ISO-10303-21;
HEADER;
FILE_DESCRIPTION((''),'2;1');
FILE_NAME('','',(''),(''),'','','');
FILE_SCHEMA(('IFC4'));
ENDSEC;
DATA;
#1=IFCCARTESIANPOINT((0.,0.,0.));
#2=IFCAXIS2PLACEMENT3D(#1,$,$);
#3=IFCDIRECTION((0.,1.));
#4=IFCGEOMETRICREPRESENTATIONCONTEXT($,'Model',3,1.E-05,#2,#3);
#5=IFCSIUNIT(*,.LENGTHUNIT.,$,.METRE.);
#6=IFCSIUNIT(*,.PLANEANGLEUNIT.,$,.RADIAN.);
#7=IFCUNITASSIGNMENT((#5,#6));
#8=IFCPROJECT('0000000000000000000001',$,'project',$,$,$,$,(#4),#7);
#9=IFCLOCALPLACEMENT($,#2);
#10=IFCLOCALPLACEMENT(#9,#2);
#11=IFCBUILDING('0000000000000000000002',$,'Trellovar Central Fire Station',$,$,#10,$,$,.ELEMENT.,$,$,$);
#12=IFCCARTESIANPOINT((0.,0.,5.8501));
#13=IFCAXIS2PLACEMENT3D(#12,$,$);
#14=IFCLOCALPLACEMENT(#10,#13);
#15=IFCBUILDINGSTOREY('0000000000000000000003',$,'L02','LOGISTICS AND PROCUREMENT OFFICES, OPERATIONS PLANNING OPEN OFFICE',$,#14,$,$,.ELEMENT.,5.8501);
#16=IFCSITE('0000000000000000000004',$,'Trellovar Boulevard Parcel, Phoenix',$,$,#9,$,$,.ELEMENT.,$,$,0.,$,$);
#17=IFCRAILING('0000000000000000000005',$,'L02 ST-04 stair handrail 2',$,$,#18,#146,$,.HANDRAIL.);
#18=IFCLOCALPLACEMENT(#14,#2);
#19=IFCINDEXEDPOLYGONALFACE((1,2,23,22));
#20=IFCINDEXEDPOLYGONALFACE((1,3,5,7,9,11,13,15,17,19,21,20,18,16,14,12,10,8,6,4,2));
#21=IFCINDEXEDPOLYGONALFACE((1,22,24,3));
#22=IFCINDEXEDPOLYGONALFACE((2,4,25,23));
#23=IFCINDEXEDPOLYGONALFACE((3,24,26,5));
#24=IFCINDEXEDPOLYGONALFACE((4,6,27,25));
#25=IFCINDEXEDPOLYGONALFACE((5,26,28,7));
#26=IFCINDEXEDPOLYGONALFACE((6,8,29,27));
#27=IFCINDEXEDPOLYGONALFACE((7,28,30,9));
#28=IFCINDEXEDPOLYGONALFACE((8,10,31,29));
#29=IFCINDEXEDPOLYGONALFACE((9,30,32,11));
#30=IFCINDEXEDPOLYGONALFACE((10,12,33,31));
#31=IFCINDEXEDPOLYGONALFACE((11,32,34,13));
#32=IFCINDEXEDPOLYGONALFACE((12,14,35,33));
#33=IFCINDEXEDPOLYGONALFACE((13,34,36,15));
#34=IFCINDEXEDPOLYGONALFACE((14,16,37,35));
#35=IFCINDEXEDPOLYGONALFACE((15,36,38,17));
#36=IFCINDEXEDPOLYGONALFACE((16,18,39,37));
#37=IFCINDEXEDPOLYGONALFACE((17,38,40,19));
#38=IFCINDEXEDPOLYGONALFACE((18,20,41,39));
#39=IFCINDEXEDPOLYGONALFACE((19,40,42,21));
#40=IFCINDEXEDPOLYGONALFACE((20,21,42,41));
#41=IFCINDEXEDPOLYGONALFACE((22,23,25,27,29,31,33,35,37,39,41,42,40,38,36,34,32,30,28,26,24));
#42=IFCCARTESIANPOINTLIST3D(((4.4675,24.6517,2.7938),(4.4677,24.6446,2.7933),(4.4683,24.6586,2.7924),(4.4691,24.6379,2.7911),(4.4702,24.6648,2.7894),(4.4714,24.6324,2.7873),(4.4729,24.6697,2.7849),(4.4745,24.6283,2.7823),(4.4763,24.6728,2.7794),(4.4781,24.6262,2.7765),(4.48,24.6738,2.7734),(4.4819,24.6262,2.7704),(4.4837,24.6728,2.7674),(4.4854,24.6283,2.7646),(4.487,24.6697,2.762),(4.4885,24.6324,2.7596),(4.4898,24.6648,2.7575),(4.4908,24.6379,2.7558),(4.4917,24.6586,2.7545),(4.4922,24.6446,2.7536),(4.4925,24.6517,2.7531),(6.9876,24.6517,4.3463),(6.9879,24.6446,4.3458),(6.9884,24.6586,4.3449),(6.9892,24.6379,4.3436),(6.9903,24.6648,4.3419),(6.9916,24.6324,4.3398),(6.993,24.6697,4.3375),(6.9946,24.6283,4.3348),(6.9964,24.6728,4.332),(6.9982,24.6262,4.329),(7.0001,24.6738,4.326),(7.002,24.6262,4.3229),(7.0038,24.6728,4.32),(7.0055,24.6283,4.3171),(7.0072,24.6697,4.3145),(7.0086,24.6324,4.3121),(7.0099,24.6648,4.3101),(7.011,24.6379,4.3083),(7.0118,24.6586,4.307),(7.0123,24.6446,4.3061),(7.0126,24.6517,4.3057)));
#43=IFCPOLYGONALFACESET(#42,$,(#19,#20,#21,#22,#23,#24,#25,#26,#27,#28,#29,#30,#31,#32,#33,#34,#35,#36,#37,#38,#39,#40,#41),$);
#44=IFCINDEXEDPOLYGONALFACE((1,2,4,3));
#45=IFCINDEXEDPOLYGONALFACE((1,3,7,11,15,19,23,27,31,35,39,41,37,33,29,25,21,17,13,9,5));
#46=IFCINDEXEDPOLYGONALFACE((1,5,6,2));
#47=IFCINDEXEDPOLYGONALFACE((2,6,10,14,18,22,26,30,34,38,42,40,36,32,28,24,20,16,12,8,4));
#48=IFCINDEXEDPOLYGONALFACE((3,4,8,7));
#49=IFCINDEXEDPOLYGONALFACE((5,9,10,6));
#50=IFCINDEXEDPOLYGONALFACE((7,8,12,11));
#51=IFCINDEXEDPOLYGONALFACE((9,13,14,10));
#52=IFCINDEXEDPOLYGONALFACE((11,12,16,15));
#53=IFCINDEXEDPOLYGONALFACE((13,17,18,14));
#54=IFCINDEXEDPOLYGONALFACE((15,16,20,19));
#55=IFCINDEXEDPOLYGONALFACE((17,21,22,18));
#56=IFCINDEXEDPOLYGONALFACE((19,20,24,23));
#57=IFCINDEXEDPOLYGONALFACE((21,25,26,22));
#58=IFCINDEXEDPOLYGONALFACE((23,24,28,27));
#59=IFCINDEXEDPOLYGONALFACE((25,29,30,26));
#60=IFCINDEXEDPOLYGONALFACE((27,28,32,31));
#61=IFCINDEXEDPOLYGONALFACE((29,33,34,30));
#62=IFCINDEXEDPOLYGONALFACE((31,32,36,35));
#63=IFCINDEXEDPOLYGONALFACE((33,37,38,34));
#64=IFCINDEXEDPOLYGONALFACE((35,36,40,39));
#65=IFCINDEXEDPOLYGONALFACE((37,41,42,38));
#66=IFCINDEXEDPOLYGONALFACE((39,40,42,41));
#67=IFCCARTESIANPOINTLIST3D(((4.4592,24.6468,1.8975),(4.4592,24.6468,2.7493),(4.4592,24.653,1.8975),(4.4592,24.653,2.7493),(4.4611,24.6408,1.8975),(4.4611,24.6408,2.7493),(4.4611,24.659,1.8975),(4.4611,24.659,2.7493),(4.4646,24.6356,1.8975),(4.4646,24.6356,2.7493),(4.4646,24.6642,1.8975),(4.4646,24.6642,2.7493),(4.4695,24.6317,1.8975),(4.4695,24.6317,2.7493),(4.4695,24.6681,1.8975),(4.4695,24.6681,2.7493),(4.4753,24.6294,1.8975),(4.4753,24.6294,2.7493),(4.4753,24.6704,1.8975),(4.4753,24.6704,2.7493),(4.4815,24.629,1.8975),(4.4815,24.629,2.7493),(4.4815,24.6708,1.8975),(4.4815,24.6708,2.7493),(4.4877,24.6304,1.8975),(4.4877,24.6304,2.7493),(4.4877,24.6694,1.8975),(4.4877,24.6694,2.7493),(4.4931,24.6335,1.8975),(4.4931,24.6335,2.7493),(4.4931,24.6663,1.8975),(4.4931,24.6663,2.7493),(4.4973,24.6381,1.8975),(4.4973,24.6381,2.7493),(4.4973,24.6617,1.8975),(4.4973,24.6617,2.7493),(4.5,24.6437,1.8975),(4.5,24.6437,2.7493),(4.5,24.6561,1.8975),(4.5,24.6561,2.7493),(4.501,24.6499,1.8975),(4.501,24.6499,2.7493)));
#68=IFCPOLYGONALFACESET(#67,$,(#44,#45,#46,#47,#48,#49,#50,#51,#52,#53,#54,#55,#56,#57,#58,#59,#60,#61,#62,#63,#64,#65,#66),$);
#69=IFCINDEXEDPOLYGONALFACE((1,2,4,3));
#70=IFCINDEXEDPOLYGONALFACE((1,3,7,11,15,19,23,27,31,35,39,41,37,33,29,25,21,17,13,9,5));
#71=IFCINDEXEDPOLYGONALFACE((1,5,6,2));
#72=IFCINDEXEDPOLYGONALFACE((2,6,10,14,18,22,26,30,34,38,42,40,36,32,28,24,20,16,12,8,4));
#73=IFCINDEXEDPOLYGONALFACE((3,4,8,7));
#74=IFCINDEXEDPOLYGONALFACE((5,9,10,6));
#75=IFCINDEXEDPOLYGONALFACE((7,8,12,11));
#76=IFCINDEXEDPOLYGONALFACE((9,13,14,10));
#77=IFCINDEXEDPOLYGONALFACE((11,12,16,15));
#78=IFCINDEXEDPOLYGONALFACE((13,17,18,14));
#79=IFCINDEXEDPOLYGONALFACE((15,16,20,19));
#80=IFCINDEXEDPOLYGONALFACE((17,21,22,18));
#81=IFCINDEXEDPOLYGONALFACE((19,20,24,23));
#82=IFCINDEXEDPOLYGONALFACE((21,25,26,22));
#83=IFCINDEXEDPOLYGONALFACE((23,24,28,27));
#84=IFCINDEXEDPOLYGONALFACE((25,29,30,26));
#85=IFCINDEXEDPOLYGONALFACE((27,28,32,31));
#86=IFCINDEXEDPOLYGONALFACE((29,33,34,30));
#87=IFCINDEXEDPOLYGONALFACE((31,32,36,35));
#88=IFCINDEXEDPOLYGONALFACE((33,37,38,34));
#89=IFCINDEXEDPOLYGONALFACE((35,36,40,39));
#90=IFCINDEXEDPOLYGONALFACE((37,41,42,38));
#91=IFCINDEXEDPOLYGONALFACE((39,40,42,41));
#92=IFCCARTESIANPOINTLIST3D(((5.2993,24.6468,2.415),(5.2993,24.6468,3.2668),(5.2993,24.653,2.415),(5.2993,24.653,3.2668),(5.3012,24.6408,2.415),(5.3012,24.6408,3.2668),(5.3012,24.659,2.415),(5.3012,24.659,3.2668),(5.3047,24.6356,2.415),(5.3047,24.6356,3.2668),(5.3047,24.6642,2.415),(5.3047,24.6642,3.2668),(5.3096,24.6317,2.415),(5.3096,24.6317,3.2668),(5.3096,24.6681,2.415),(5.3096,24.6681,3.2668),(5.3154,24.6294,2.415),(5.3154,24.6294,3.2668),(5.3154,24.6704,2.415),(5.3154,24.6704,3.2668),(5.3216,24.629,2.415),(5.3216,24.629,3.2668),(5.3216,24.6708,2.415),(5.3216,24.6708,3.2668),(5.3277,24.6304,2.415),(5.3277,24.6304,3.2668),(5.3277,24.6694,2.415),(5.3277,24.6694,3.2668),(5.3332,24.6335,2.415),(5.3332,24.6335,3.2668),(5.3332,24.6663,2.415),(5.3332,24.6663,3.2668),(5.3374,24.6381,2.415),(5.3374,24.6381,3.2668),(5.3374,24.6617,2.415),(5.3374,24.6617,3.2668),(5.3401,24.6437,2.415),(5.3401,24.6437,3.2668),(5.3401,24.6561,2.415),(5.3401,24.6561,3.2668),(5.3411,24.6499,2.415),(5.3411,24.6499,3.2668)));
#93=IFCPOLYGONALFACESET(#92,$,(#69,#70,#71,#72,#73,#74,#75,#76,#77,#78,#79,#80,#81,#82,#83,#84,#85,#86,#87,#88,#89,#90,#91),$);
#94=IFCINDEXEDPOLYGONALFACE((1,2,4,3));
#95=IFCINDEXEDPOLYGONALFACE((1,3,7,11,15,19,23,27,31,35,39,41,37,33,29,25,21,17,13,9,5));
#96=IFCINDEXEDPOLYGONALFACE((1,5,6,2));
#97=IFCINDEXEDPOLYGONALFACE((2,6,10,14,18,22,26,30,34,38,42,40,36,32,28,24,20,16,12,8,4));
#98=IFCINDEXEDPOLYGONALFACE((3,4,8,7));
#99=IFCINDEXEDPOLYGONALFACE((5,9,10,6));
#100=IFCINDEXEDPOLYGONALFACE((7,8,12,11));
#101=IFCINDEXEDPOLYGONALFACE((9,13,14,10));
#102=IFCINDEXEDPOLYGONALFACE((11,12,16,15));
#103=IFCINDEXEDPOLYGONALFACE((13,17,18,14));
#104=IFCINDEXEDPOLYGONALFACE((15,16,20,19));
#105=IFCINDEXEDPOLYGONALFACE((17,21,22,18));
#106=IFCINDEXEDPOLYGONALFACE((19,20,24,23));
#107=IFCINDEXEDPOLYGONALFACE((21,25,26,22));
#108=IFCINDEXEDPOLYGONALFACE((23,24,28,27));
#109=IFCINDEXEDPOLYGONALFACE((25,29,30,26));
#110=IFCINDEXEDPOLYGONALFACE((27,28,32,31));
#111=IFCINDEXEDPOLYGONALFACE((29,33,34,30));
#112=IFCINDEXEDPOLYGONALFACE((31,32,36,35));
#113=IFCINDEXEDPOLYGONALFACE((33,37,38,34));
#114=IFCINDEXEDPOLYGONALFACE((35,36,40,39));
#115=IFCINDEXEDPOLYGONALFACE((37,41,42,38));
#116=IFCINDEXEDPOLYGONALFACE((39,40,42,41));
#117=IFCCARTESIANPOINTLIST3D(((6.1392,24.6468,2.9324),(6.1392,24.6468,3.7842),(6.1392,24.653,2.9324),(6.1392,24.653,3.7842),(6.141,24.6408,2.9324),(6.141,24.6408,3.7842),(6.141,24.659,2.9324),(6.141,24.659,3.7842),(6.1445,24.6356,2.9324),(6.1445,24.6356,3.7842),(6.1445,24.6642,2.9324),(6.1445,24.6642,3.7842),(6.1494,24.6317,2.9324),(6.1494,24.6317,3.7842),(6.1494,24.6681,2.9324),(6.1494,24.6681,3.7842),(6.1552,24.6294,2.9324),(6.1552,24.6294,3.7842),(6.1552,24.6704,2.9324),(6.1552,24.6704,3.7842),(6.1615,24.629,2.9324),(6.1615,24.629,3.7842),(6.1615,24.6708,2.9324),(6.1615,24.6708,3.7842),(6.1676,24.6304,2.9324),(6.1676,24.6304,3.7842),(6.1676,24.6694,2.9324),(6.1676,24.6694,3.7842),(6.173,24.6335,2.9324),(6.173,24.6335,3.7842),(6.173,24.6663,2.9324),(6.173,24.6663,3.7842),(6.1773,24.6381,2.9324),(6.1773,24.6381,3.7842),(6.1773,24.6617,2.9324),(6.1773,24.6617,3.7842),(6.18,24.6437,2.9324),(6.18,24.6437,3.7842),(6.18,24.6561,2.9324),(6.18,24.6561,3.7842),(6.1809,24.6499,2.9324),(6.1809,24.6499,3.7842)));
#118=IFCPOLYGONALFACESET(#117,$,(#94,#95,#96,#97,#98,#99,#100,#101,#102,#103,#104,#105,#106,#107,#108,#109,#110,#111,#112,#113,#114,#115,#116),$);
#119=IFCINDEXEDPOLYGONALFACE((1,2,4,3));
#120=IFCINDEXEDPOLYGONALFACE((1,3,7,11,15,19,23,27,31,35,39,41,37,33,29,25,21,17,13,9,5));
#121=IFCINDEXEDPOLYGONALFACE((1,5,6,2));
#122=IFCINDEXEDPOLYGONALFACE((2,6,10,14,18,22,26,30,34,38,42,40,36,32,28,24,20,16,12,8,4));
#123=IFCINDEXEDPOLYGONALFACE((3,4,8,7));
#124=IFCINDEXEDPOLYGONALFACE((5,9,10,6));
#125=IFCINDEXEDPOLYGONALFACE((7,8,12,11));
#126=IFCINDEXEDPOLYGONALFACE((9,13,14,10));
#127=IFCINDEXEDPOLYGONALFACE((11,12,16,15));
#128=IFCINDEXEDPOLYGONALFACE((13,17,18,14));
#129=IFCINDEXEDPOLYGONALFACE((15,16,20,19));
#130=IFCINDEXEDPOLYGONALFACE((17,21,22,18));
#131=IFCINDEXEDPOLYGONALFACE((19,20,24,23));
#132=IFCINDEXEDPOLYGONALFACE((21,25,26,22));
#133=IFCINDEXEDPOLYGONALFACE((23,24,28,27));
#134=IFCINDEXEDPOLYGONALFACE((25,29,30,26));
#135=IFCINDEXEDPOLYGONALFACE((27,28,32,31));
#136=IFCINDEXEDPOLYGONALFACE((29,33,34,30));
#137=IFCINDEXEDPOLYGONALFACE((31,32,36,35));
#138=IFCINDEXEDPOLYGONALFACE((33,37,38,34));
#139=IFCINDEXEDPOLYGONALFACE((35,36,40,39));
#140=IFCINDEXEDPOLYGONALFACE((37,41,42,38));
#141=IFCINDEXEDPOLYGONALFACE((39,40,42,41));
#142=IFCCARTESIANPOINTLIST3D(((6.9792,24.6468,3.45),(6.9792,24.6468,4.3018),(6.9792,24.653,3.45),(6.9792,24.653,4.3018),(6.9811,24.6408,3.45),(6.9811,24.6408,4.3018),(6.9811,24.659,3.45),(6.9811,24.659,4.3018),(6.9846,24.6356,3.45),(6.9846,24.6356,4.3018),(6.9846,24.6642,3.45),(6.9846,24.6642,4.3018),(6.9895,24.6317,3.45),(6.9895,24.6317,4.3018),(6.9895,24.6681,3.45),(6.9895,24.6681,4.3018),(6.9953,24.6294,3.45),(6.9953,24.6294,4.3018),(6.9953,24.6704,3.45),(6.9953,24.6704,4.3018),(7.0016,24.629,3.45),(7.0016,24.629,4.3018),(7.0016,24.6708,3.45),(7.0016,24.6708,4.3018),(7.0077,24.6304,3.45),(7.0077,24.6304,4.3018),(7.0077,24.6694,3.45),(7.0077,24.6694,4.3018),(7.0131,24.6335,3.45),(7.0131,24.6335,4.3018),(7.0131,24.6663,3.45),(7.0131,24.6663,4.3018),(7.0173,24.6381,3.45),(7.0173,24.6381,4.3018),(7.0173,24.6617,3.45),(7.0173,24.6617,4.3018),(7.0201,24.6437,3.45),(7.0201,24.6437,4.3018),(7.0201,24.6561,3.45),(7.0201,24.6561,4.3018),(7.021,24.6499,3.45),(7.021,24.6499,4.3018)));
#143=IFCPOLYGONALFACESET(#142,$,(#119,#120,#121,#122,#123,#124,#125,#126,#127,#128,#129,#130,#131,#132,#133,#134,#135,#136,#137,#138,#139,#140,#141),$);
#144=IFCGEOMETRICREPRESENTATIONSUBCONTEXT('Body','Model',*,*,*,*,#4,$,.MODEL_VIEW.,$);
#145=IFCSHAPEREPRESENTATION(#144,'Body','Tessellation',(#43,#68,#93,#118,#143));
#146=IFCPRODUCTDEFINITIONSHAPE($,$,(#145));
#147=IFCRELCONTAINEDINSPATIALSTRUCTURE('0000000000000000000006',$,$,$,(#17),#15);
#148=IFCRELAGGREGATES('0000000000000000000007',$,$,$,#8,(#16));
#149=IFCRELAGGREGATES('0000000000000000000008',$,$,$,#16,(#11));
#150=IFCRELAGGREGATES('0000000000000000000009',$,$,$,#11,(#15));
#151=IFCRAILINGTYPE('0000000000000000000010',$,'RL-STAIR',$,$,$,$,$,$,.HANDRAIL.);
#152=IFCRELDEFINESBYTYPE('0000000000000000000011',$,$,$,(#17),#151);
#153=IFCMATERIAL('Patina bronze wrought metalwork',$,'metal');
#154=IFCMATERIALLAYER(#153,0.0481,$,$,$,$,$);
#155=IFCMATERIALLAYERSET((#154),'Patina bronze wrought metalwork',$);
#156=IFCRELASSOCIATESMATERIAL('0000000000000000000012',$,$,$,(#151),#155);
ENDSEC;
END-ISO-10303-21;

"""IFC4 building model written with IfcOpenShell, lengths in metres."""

from ifc_helpers import new_model, si_unit, direction, frame, origin, origin_2d, place, context, subcontext, project, spatial, circle, extrude, material, layer, layer_set, type_object, element, save


model = new_model("IFC4")

# Units and contexts
model_context = context("Model", 3, precision=1e-05, world=origin(), true_north=direction((0.0, 1.0)))
body_context = subcontext(model_context, "Body", "Model", "MODEL_VIEW")
ifc_project = project(units=[si_unit("LENGTHUNIT", "METRE"), si_unit("PLANEANGLEUNIT", "RADIAN")], contexts=[model_context])

# Site, building, storey
site_placement = place(None, origin())
site = spatial("IfcSite", under=ifc_project, at=site_placement, Name="Trellovar Boulevard Parcel, Phoenix", CompositionType="ELEMENT", RefElevation=0.0)
building_placement = place(site_placement, origin())
building = spatial("IfcBuilding", under=site, at=building_placement, Name="Trellovar Central Fire Station", CompositionType="ELEMENT")
storey_placement = place(building_placement, frame((0.0, 0.0, 5.8501)))
storey = spatial("IfcBuildingStorey", under=building, at=storey_placement, Name="L02", Description="LOGISTICS AND PROCUREMENT OFFICES, OPERATIONS PLANNING OPEN OFFICE", CompositionType="ELEMENT", Elevation=5.8501)

# Railing
ifc_material_1 = material(Name="Patina bronze wrought metalwork", Category="metal")
ifc_layer_1 = layer(ifc_material_1, 0.0481)
ifc_layer_set_1 = layer_set([ifc_layer_1], Name="Patina bronze wrought metalwork")
railing_type_1 = type_object("IfcRailingType", Name="RL-STAIR", PredefinedType="HANDRAIL", material=ifc_layer_set_1)
railing_1_placement = place(storey_placement, frame((4.48, 24.6499, 1.8975)))
element("IfcRailing", 1, at=railing_1_placement, inside=storey, type_object=railing_type_1, Name="L02 ST-04 stair handrail 2", PredefinedType="HANDRAIL", context=body_context, shape_type="SweptSolid", body=[
    extrude(circle(Radius=0.0239, at=origin_2d()), frame((0.0, 0.0, 0.876), z_axis=(0.8514, 0.0, 0.524516), x_axis=(0.0, 1.0, 0.0)), (0.0, 0.0, 1.0), 2.96),
    extrude(circle(Radius=0.021, at=origin_2d()), origin(), (0.0, 0.0, 1.0), 0.8518),
    extrude(circle(Radius=0.021, at=origin_2d()), frame((0.8401, 0.0, 0.5176)), (0.0, 0.0, 1.0), 0.8518),
    extrude(circle(Radius=0.021, at=origin_2d()), frame((1.6799, 0.0, 1.0349)), (0.0, 0.0, 1.0), 0.8518),
    extrude(circle(Radius=0.021, at=origin_2d()), frame((2.52, 0.0, 1.5525)), (0.0, 0.0, 1.0), 0.8518),
])

save(model, "model.ifc")
